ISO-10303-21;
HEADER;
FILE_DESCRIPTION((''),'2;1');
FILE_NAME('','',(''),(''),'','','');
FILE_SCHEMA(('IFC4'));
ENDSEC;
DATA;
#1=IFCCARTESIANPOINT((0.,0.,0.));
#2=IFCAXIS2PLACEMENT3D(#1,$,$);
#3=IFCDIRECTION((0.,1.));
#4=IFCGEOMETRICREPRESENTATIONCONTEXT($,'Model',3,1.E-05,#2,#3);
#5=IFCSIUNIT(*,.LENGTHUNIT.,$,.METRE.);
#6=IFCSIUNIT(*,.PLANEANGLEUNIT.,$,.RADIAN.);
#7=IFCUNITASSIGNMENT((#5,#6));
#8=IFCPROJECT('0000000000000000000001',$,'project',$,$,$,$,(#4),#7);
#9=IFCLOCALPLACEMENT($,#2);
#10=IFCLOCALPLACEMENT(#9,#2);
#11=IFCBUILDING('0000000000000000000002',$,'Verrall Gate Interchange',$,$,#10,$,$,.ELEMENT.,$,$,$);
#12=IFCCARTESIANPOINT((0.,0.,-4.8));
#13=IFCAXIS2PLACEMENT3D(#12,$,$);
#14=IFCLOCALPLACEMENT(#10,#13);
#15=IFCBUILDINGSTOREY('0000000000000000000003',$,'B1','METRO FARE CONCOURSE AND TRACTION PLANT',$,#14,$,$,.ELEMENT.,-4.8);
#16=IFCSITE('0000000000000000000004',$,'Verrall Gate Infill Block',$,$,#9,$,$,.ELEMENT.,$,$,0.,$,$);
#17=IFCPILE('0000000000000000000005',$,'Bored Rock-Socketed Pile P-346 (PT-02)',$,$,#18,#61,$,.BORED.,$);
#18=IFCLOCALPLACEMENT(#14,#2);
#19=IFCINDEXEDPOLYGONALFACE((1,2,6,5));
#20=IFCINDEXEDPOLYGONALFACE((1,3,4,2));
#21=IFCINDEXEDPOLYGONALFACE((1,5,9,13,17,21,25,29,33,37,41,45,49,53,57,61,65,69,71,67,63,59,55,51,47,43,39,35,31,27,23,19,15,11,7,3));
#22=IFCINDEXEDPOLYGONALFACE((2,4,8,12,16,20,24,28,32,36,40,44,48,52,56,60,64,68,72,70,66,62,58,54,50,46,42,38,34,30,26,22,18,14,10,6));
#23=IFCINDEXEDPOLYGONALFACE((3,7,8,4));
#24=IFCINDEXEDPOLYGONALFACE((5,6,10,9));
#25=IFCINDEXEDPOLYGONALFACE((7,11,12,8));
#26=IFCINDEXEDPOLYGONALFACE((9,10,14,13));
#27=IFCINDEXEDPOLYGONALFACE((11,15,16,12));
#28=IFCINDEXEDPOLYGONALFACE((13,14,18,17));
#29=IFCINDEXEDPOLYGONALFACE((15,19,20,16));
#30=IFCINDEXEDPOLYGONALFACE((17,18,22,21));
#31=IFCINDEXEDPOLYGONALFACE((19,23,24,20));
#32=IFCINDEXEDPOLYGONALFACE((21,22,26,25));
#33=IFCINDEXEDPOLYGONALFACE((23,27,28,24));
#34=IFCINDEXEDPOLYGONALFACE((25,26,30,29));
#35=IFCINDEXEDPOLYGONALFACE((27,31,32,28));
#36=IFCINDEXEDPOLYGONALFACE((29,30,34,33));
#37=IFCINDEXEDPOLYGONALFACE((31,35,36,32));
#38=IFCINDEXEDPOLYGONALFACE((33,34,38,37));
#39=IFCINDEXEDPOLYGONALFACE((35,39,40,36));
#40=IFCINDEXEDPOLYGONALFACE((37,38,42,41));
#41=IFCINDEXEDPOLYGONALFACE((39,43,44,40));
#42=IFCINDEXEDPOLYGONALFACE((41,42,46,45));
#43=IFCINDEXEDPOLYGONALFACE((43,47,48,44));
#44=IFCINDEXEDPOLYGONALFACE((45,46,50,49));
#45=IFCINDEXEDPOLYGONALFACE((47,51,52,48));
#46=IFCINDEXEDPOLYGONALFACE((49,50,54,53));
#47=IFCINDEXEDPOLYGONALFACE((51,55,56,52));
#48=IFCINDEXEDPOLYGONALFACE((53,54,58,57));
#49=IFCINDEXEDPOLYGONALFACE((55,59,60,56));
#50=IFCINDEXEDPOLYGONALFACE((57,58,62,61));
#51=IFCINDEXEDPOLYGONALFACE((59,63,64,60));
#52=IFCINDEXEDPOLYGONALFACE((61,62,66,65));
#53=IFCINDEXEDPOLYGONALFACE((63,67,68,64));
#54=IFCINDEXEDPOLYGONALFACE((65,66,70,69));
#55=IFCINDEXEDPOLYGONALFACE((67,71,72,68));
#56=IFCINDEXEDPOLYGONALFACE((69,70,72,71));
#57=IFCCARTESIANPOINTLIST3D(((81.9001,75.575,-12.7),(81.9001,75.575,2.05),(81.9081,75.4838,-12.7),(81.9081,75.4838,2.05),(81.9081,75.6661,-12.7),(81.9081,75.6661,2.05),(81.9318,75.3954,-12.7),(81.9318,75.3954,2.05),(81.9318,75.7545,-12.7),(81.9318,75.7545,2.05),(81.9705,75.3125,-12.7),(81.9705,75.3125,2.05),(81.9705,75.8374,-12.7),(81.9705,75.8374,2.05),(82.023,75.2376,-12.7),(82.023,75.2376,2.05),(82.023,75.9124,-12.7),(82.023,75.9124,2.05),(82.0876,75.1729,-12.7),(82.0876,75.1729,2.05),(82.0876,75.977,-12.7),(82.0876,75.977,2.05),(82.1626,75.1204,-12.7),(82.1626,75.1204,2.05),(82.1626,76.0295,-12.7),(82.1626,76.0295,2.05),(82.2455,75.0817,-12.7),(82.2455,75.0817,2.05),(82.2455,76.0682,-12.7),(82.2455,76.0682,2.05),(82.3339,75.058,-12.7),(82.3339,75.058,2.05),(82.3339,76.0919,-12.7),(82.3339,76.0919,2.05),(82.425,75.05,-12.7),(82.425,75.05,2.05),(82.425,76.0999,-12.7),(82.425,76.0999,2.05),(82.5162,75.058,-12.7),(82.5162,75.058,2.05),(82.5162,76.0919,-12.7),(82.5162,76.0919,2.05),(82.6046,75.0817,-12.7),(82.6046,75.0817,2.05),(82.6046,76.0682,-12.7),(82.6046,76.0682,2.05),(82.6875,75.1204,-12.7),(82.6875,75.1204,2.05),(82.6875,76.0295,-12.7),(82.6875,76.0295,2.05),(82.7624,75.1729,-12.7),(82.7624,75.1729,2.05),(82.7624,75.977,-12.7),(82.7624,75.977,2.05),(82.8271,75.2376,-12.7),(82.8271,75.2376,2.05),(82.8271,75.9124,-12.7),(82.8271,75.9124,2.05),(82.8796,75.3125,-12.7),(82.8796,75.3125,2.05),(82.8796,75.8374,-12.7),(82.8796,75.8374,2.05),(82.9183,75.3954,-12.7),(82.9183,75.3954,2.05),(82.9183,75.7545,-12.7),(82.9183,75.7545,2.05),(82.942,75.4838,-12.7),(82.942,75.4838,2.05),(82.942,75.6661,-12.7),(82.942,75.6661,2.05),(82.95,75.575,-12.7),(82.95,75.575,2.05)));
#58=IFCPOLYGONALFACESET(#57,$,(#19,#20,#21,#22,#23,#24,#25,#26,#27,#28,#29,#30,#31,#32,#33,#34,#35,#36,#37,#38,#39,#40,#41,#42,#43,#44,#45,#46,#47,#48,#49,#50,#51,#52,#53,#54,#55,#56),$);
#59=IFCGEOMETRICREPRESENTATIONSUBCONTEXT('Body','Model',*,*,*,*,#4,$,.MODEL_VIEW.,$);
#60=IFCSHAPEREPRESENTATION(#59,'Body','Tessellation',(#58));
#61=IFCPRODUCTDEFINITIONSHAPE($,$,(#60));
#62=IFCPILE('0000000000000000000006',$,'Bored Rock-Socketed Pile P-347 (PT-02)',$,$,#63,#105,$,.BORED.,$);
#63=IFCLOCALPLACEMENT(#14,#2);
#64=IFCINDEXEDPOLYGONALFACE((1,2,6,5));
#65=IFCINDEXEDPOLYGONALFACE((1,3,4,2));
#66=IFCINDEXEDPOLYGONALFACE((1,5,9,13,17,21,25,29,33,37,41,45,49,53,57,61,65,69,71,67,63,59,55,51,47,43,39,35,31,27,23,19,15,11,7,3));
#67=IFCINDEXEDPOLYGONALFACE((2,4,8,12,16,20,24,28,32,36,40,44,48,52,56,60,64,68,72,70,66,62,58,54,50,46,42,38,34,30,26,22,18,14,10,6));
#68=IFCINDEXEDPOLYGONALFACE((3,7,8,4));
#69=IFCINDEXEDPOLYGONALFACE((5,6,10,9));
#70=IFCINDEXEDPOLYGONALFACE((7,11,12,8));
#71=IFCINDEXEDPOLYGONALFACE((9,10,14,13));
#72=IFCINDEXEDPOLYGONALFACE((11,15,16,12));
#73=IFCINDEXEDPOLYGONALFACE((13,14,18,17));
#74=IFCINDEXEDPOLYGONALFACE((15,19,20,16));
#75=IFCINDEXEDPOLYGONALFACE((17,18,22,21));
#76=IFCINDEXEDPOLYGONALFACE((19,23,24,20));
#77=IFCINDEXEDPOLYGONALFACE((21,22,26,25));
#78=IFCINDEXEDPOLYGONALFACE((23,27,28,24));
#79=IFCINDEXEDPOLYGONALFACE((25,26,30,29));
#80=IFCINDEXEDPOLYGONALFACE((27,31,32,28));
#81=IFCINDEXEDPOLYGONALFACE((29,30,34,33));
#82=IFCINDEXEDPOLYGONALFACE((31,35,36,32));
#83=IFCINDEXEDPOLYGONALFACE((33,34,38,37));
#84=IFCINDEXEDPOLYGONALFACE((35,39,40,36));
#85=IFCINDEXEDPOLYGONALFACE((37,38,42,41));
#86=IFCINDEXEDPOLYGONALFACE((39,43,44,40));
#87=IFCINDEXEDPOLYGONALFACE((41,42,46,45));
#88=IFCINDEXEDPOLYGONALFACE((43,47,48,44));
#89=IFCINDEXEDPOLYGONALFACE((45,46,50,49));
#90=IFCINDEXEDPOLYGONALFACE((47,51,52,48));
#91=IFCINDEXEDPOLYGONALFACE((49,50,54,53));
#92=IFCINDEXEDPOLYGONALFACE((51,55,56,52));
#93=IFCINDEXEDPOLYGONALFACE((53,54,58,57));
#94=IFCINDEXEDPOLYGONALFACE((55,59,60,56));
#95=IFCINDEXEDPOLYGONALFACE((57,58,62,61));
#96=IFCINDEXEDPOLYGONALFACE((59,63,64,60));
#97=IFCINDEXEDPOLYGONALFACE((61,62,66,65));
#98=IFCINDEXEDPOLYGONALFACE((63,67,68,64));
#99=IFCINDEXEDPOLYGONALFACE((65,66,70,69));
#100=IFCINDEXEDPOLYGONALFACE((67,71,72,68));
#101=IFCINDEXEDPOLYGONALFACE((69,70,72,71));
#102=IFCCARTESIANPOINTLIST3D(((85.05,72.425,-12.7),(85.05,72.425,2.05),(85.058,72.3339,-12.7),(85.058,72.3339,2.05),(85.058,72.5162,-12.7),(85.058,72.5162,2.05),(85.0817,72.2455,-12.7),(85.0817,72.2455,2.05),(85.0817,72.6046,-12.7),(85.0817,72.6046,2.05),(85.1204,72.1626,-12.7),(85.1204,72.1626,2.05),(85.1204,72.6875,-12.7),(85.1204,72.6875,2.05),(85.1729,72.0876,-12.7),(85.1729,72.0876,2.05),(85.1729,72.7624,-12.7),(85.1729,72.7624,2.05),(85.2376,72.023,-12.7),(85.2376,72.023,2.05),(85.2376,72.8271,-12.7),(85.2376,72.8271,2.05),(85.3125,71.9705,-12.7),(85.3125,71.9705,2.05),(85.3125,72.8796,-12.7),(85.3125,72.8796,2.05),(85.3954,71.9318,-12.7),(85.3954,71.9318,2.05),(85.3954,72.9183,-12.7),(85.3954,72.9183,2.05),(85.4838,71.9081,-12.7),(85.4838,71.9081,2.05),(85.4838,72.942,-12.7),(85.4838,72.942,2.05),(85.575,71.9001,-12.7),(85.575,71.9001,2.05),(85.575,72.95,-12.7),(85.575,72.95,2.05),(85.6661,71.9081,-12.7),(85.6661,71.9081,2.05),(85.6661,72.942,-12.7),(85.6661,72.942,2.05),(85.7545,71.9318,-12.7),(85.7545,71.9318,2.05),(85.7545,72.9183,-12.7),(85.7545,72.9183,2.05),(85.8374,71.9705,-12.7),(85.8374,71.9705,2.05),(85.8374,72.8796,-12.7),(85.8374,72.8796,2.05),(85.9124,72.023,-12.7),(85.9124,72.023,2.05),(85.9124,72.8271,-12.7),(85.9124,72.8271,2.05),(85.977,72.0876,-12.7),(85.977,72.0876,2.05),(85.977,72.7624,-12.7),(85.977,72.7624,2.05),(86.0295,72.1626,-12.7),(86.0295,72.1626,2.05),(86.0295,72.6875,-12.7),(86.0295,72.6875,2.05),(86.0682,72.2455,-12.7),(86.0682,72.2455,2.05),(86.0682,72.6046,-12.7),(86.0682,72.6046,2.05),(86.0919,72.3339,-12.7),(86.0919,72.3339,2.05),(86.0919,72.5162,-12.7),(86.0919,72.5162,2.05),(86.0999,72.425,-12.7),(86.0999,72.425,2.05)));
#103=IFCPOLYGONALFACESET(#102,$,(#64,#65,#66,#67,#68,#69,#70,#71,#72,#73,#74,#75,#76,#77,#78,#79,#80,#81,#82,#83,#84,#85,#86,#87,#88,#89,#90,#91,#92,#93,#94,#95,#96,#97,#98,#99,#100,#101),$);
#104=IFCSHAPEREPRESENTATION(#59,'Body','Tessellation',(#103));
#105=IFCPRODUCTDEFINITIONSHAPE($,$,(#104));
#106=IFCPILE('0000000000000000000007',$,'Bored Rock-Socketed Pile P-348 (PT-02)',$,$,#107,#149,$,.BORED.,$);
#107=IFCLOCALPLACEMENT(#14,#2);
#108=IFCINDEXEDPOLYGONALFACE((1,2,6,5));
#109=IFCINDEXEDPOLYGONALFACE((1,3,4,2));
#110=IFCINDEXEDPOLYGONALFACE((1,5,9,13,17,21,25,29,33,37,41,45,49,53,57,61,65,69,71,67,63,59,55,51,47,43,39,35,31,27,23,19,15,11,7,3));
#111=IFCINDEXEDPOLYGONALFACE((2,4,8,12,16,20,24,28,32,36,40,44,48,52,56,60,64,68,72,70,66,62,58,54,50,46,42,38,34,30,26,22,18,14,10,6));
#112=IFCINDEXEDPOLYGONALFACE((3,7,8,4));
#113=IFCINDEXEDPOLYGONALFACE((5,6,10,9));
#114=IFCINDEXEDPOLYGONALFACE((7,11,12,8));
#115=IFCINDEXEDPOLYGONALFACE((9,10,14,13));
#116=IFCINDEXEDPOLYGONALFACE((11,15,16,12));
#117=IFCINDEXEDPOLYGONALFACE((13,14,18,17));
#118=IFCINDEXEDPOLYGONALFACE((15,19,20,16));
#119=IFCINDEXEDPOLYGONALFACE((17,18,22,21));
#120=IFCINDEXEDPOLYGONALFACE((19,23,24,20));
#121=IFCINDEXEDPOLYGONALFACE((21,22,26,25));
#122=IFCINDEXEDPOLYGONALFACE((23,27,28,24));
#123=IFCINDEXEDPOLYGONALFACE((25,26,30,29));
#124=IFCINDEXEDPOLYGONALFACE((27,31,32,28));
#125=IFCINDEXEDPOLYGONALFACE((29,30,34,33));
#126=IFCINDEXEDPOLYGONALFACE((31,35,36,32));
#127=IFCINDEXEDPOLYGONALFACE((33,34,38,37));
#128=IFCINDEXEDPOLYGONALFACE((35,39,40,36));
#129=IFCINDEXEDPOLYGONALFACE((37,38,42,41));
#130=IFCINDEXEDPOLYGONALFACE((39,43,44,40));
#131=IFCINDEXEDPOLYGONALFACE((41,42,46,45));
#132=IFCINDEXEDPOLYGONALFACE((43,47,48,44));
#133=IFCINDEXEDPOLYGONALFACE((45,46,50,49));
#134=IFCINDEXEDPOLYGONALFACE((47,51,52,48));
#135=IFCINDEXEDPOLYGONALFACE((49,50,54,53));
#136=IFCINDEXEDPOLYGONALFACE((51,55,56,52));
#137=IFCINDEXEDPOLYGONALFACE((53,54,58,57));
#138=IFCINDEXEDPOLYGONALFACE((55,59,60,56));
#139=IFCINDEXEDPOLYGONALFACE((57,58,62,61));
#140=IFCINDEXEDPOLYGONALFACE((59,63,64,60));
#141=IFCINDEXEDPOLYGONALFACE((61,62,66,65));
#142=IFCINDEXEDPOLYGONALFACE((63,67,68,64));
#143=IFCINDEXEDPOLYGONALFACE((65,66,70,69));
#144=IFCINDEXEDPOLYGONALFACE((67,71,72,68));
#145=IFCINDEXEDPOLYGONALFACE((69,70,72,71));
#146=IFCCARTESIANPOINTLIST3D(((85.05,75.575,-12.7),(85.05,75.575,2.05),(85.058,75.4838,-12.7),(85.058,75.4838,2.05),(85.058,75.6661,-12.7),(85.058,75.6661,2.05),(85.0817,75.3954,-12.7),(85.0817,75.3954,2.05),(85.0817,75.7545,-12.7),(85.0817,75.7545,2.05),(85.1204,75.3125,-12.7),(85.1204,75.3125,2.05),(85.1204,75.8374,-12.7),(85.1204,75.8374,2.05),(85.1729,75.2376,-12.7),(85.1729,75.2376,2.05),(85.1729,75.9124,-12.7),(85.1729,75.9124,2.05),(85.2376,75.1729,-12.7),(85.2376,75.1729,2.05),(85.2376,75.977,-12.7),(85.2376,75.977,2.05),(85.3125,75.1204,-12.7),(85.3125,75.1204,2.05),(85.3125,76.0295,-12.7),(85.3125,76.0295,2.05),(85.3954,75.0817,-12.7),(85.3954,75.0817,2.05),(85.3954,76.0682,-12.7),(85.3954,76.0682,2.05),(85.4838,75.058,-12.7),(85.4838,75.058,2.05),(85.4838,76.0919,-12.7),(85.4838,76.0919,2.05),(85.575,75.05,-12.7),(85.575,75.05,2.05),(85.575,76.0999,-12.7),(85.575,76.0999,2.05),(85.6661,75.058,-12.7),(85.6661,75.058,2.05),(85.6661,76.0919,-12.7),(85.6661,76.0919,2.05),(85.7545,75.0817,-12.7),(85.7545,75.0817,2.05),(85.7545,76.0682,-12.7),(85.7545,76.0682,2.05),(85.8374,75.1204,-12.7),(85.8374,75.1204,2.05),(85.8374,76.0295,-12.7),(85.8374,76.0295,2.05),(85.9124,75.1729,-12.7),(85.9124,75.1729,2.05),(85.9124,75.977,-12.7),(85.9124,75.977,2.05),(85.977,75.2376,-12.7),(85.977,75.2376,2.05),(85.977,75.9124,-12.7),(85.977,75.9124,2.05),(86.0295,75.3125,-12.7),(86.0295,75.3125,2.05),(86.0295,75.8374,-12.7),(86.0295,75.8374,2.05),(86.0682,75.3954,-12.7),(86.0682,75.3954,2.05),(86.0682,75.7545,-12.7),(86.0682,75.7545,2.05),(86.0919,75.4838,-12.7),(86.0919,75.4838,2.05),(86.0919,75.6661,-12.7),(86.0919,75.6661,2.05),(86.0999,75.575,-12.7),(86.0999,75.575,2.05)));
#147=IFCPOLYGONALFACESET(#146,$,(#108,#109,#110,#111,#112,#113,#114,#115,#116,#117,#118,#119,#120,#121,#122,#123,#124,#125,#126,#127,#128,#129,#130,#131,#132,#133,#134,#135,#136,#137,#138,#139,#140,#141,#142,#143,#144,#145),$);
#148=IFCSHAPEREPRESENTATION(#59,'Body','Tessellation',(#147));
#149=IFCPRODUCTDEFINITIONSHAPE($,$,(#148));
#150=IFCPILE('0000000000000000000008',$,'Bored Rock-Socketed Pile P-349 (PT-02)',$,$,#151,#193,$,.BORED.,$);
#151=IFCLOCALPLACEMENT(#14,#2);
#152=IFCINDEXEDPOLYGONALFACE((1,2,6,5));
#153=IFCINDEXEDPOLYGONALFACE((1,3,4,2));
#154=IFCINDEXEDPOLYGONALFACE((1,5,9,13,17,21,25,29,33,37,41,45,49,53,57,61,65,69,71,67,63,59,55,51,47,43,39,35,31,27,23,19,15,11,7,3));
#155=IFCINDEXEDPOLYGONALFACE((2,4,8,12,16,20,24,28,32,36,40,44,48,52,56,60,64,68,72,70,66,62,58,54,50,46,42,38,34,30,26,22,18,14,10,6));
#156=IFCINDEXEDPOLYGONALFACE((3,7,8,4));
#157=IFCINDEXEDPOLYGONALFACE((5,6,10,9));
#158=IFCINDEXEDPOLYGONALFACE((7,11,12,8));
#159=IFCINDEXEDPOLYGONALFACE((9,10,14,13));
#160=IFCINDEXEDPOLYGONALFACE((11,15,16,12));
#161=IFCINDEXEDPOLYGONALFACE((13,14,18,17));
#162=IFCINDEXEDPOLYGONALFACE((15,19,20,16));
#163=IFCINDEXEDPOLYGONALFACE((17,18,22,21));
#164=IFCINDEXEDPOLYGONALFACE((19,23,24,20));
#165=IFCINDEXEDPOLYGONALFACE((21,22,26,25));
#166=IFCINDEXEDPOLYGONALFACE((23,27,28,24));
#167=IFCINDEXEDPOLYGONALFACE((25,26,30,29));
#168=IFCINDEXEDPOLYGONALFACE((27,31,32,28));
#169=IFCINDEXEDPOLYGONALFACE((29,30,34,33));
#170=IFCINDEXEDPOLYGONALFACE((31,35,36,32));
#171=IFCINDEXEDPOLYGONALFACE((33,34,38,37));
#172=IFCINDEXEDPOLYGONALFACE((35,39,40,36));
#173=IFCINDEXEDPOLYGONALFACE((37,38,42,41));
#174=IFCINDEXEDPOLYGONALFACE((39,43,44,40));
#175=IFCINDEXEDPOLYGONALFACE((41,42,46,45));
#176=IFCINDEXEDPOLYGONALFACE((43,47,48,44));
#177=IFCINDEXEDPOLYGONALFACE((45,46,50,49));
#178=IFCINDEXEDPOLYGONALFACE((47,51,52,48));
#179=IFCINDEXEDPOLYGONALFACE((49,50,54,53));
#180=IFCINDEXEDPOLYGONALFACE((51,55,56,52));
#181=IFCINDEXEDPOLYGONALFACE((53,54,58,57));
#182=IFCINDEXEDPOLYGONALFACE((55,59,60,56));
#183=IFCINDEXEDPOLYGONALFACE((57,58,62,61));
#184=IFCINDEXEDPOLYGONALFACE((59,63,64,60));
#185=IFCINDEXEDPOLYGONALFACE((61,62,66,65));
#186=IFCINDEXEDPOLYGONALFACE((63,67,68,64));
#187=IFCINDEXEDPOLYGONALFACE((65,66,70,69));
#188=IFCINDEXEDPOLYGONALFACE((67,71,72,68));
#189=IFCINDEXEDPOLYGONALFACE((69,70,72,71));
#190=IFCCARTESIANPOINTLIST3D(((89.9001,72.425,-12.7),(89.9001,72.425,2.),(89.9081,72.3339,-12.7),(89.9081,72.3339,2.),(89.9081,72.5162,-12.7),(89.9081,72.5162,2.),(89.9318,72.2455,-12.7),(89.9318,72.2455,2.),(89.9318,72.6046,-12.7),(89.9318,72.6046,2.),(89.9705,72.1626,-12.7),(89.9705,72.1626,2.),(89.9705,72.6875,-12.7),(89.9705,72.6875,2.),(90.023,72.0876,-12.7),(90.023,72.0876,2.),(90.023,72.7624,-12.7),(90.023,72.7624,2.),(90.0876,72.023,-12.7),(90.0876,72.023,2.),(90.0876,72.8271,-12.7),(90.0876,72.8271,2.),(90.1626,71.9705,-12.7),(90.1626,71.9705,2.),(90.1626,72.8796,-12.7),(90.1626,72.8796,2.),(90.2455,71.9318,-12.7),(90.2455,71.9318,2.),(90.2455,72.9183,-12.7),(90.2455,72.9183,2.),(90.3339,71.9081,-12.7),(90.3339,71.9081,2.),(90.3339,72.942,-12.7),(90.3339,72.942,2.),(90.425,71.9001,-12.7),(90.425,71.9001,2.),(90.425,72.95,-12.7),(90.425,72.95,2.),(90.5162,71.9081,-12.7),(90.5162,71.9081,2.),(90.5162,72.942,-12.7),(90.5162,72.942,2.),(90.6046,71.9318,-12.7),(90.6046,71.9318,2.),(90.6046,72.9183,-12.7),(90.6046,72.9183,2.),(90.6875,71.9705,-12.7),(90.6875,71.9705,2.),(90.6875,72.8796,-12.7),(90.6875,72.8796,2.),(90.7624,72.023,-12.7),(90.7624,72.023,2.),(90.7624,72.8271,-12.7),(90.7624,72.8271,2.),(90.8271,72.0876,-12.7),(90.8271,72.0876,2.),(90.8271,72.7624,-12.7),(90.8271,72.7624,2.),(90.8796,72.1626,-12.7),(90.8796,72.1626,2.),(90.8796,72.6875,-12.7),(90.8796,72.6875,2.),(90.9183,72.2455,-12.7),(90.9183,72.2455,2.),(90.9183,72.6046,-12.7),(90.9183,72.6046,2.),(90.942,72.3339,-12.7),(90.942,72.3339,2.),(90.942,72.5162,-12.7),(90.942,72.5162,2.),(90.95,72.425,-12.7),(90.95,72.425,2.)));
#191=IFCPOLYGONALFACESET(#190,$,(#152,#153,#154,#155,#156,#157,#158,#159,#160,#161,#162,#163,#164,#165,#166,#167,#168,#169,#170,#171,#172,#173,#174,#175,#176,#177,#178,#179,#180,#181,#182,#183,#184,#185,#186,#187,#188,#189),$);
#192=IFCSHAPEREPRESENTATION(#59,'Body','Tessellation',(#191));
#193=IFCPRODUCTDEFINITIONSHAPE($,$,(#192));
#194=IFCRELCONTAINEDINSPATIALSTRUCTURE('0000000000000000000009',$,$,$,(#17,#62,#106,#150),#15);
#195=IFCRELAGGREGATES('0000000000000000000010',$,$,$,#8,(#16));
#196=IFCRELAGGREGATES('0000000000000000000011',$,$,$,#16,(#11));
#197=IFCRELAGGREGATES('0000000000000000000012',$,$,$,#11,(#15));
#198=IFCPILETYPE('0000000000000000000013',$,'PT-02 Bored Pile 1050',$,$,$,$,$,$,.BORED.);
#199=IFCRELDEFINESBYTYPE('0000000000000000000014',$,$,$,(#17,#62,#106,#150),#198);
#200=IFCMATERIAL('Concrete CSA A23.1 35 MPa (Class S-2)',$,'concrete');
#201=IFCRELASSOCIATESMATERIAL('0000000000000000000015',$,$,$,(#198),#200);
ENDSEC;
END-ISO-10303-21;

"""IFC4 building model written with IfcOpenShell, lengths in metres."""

from ifc_helpers import new_model, si_unit, direction, frame, origin, origin_2d, place, context, subcontext, project, spatial, circle, extrude, material, material_profile, profile_set, type_object, element, save


model = new_model("IFC4")

# Units and contexts
model_context = context("Model", 3, precision=1e-05, world=origin(), true_north=direction((0.0, 1.0)))
body_context = subcontext(model_context, "Body", "Model", "MODEL_VIEW")
ifc_project = project(units=[si_unit("LENGTHUNIT", "METRE"), si_unit("PLANEANGLEUNIT", "RADIAN")], contexts=[model_context])

# Site, building, storey
site_placement = place(None, origin())
site = spatial("IfcSite", under=ifc_project, at=site_placement, Name="Verrall Gate Infill Block", CompositionType="ELEMENT", RefElevation=0.0)
building_placement = place(site_placement, origin())
building = spatial("IfcBuilding", under=site, at=building_placement, Name="Verrall Gate Interchange", CompositionType="ELEMENT")
storey_placement = place(building_placement, frame((0.0, 0.0, -4.8)))
storey = spatial("IfcBuildingStorey", under=building, at=storey_placement, Name="B1", Description="METRO FARE CONCOURSE AND TRACTION PLANT", CompositionType="ELEMENT", Elevation=-4.8)

# Piles
ifc_material_1 = material(Name="Concrete CSA A23.1 35 MPa (Class S-2)", Category="concrete")
ifc_material_profile_1 = material_profile(ifc_material_1, circle(Radius=0.5249, at=origin_2d()), Name="PILE1050D")
ifc_profile_set_1 = profile_set([ifc_material_profile_1], Name="Concrete CSA A23.1 35 MPa (Class S-2)")
pile_type = type_object("IfcPileType", Name="PT-02 Bored Pile 1050", PredefinedType="BORED", material=ifc_profile_set_1)
for number, where, z_axis, x_axis, name in (
    (1, (82.425, 75.575, 2.05), (0.0, 0.0, -1.0), (1.0, 0.0, 0.0), "Bored Rock-Socketed Pile P-346 (PT-02)"),
    (2, (85.575, 72.425, 2.05), (0.0, 0.0, -1.0), (1.0, 0.0, 0.0), "Bored Rock-Socketed Pile P-347 (PT-02)"),
    (3, (85.575, 75.575, 2.05), (0.0, 0.0, -1.0), (1.0, 0.0, 0.0), "Bored Rock-Socketed Pile P-348 (PT-02)"),
):
    element("IfcPile", number, at=place(storey_placement, frame(where, z_axis=z_axis, x_axis=x_axis)), inside=storey, type_object=pile_type, Name=name, PredefinedType="BORED", context=body_context, shape_type="SweptSolid", body=[
        extrude(circle(Radius=0.5249, at=origin_2d()), origin(), (0.0, 0.0, 1.0), 14.75),
    ])
for number, where, z_axis, x_axis, name in (
    (4, (90.425, 72.425, 2.0), (0.0, 0.0, -1.0), (1.0, 0.0, 0.0), "Bored Rock-Socketed Pile P-349 (PT-02)"),
):
    element("IfcPile", number, at=place(storey_placement, frame(where, z_axis=z_axis, x_axis=x_axis)), inside=storey, type_object=pile_type, Name=name, PredefinedType="BORED", context=body_context, shape_type="SweptSolid", body=[
        extrude(circle(Radius=0.5249, at=origin_2d()), origin(), (0.0, 0.0, 1.0), 14.7),
    ])

save(model, "model.ifc")
